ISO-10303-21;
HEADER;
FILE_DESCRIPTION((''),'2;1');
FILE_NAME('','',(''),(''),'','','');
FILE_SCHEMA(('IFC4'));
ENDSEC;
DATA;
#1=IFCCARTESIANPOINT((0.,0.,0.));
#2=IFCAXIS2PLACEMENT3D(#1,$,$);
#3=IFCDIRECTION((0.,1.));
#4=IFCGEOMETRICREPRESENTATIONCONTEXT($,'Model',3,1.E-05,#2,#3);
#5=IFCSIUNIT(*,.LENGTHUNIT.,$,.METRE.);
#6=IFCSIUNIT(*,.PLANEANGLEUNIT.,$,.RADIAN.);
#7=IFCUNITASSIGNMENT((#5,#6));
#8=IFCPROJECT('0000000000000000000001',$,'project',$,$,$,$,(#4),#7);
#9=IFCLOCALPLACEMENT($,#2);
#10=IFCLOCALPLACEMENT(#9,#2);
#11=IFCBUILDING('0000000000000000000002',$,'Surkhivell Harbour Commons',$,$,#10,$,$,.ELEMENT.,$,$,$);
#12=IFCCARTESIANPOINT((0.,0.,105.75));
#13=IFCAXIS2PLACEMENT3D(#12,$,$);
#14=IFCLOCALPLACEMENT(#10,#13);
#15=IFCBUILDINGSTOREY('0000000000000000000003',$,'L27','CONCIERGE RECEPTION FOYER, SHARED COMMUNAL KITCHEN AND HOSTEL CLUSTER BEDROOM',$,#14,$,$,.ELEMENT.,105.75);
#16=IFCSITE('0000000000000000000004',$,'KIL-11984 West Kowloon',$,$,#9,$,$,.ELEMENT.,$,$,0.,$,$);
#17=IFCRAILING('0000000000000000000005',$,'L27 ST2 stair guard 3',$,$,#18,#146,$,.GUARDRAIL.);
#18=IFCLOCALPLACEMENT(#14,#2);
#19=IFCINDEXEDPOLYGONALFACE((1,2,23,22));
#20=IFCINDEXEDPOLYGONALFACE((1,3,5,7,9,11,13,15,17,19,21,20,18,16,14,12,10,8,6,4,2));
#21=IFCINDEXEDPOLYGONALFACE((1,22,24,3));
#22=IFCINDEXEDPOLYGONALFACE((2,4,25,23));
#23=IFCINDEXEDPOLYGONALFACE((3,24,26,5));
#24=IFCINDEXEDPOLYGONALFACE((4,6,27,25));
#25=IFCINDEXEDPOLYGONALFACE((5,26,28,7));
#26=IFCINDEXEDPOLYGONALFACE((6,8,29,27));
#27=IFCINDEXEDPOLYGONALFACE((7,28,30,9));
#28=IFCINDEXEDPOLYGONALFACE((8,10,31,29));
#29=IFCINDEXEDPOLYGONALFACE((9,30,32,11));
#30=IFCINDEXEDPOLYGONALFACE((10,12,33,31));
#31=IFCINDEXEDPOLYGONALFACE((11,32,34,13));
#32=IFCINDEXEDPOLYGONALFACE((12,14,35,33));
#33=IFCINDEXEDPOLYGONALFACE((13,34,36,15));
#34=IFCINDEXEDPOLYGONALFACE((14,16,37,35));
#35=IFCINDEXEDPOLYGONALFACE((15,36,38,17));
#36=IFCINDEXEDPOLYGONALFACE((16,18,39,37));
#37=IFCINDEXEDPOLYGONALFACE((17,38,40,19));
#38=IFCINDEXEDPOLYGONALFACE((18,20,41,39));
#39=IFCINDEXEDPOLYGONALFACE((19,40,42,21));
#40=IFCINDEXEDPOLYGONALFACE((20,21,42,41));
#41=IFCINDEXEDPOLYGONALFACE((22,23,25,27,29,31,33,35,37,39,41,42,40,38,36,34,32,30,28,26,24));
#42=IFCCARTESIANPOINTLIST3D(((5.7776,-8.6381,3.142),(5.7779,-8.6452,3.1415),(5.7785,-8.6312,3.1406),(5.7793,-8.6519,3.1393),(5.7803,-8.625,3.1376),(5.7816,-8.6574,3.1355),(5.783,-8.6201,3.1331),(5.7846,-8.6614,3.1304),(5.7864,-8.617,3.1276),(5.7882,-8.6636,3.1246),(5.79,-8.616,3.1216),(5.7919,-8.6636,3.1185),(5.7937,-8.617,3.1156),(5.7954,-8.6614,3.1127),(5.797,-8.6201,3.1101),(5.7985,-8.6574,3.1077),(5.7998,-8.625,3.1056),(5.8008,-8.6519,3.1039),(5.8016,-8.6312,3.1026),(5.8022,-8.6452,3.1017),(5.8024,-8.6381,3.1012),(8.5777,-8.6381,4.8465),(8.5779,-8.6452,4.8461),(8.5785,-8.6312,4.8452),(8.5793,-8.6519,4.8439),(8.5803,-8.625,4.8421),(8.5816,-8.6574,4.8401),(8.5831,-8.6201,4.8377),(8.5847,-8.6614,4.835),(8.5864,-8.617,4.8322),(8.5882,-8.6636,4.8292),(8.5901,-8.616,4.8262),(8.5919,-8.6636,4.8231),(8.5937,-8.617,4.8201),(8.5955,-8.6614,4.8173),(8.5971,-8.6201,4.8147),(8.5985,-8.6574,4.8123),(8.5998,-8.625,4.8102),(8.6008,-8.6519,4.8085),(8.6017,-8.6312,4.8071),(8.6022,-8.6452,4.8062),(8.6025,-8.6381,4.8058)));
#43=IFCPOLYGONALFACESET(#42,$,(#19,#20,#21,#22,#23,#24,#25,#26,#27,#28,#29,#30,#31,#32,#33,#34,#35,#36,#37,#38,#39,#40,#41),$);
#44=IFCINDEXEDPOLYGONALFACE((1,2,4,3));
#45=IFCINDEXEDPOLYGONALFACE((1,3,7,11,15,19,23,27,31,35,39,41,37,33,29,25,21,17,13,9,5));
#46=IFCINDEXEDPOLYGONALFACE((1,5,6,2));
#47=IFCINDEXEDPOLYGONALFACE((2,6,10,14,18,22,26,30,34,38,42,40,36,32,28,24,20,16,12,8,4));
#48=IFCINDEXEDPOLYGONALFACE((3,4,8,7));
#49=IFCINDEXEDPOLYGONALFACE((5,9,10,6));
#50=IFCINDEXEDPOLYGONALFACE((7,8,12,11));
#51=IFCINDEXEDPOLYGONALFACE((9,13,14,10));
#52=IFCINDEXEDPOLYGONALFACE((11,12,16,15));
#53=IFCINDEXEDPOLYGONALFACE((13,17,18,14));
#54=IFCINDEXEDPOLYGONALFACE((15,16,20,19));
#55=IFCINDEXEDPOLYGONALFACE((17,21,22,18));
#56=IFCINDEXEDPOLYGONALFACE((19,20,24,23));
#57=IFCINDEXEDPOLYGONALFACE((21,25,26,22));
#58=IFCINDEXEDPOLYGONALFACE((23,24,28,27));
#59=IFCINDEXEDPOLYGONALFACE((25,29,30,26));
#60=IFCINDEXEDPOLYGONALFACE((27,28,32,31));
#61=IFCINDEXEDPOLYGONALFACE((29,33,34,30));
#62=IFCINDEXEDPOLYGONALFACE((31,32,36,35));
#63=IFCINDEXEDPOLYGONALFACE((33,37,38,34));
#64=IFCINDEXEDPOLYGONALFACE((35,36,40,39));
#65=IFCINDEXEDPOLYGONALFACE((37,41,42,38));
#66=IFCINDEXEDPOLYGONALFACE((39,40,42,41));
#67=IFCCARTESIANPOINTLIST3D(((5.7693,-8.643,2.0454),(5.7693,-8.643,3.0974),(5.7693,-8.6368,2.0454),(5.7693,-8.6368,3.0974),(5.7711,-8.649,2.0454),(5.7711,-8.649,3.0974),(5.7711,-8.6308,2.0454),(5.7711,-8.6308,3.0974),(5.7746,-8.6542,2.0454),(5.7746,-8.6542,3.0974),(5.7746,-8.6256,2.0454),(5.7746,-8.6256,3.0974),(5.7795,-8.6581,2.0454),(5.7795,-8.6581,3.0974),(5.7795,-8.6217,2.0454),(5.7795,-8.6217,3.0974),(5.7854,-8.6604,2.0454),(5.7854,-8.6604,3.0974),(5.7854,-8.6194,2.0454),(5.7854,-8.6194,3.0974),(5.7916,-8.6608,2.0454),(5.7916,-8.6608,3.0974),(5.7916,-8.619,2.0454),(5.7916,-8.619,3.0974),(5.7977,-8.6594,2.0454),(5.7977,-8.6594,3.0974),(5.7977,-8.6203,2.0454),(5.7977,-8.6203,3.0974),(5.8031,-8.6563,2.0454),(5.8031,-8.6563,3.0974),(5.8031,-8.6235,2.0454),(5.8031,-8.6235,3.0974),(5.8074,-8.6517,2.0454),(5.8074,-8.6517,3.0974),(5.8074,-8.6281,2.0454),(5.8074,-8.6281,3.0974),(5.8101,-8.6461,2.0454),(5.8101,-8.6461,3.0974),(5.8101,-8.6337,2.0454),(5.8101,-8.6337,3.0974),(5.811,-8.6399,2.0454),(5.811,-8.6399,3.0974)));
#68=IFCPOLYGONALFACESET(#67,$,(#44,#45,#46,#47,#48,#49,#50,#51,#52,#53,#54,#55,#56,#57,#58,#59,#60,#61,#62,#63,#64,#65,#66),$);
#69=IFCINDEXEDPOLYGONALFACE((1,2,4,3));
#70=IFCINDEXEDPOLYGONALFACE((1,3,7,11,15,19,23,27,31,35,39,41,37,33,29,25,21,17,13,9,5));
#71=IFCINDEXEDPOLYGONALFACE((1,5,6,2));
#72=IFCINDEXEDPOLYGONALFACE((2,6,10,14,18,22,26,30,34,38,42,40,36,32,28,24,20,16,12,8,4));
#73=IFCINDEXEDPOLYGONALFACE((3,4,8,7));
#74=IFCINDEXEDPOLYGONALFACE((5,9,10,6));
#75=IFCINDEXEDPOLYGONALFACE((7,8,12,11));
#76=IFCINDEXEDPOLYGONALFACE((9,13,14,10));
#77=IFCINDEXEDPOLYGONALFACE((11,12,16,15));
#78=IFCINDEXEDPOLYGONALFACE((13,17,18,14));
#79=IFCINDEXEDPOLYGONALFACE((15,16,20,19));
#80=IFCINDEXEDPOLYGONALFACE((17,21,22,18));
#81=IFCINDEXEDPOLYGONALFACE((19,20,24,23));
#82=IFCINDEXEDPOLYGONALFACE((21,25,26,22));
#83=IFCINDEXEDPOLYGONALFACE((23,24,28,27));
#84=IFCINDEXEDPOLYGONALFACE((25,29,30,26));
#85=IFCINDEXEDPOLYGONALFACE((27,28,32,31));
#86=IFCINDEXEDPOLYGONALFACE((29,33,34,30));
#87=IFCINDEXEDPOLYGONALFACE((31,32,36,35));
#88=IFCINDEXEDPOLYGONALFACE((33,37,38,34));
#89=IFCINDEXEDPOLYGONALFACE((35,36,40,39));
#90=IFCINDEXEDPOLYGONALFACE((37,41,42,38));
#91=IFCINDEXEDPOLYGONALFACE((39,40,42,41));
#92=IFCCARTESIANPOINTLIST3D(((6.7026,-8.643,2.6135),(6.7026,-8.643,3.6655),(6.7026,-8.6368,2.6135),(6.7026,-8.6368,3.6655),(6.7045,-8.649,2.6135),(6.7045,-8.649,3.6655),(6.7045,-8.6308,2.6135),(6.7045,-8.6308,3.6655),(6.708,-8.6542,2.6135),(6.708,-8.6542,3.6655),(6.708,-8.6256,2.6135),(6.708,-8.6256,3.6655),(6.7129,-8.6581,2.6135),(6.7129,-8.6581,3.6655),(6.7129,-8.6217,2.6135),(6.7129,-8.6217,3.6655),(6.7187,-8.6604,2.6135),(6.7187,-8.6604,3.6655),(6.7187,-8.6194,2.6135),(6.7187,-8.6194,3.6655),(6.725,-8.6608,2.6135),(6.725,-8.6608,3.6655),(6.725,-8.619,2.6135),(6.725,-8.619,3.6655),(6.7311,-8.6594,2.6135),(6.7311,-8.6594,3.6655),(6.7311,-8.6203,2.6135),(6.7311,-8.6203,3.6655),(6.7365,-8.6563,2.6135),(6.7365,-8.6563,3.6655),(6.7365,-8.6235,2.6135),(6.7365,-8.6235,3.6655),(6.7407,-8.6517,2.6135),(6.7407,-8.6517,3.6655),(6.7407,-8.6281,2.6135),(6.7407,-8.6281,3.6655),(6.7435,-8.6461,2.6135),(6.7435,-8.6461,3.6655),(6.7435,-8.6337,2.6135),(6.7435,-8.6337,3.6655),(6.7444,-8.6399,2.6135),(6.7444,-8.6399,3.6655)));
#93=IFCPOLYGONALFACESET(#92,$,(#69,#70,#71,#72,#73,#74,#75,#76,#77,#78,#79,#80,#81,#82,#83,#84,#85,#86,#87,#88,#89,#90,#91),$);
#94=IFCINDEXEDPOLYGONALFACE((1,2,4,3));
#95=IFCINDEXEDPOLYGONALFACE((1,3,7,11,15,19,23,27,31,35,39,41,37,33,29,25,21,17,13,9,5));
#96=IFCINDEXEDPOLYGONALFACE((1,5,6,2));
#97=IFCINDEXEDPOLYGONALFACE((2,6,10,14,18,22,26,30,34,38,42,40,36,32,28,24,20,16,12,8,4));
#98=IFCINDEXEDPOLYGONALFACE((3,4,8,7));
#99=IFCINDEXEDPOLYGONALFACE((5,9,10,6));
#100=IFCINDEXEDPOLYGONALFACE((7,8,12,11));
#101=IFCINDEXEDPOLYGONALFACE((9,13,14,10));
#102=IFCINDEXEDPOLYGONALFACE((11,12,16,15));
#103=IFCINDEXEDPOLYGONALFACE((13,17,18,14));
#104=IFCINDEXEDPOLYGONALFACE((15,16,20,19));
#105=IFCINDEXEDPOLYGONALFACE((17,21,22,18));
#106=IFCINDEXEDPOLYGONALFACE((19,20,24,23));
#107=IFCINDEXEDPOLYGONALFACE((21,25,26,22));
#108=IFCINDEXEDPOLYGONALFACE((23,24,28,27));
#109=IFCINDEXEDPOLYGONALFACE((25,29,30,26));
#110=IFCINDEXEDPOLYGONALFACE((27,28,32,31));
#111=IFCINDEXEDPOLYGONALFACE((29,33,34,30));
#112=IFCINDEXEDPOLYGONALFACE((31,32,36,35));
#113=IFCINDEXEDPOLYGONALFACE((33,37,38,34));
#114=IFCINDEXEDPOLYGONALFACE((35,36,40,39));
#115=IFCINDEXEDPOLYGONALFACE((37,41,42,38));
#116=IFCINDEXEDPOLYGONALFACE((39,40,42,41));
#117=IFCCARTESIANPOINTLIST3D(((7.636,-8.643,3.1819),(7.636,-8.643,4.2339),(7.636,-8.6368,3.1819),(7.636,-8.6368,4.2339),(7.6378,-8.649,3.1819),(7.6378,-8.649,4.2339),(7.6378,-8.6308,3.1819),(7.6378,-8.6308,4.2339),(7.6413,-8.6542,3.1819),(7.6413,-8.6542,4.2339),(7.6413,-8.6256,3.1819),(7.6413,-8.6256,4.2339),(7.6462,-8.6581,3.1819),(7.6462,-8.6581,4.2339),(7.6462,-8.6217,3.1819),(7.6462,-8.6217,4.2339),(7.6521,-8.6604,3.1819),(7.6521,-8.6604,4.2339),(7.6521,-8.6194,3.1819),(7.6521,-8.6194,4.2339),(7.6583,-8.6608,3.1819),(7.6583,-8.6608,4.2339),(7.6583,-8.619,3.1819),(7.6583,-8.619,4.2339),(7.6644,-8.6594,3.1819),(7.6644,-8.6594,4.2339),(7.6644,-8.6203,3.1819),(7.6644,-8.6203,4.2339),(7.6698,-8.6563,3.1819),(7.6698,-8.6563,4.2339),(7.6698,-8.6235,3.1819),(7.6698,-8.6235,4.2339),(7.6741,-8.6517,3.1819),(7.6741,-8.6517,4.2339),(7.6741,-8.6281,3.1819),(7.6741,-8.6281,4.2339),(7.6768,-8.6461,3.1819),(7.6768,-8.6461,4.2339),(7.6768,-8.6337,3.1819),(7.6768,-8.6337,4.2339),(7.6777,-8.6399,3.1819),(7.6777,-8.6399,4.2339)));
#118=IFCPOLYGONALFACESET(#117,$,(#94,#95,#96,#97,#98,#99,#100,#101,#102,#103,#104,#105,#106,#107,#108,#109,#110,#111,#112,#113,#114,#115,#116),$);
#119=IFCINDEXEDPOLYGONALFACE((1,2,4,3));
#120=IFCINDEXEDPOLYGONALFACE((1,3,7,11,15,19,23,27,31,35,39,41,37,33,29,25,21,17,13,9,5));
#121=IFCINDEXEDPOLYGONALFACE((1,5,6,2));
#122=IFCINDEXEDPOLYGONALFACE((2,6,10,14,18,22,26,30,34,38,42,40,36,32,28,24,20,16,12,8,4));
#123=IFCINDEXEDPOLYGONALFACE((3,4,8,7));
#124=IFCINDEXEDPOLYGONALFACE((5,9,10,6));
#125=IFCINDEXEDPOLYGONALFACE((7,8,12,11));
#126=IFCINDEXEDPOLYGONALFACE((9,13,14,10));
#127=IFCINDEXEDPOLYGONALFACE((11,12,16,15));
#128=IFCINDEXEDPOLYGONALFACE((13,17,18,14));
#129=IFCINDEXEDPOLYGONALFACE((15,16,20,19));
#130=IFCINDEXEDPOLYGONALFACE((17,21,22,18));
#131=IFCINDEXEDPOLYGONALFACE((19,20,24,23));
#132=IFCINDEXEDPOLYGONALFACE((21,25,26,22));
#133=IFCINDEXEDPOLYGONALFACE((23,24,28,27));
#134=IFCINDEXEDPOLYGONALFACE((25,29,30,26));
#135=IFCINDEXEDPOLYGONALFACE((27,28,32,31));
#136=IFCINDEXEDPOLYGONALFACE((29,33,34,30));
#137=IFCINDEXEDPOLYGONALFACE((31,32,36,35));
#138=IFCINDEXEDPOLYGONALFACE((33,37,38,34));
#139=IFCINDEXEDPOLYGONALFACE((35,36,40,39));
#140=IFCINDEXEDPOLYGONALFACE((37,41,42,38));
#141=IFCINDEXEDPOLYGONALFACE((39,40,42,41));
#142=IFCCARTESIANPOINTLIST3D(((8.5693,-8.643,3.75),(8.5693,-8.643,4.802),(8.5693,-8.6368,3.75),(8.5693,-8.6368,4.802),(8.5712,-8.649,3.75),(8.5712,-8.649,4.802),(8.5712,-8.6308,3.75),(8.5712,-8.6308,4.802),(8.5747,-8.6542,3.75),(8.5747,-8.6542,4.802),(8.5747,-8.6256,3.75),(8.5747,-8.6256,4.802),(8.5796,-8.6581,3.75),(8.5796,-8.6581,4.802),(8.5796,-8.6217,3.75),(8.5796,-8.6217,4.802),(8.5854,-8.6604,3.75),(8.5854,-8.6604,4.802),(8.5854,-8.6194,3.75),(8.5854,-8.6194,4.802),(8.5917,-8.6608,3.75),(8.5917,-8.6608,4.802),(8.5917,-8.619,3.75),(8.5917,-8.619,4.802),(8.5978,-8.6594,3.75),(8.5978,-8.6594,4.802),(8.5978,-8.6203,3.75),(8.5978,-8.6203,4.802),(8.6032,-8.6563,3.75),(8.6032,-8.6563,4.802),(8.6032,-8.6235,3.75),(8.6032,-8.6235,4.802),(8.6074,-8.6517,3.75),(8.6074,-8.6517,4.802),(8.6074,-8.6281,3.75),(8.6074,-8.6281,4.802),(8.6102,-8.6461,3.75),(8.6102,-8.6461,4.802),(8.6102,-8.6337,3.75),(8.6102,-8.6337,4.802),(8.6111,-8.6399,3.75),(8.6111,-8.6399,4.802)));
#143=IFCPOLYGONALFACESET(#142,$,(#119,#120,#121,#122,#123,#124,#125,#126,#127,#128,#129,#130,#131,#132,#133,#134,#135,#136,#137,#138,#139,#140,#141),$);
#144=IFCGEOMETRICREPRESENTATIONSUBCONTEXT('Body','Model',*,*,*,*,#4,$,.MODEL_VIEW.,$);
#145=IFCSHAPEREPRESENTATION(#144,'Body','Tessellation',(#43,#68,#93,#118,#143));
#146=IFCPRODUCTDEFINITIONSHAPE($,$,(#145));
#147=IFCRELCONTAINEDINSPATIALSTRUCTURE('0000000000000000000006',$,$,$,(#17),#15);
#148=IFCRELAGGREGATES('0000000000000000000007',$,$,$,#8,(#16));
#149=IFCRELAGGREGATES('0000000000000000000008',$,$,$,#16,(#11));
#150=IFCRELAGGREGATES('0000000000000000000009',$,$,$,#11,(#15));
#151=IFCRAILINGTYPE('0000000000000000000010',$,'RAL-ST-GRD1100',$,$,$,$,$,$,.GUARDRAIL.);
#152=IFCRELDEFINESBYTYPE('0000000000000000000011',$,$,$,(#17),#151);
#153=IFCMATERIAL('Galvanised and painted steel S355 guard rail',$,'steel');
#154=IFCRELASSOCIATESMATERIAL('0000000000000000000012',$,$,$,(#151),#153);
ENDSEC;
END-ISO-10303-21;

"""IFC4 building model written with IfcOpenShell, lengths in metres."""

from ifc_helpers import new_model, si_unit, direction, frame, origin, origin_2d, place, context, subcontext, project, spatial, circle, extrude, material, type_object, element, save


model = new_model("IFC4")

# Units and contexts
model_context = context("Model", 3, precision=1e-05, world=origin(), true_north=direction((0.0, 1.0)))
body_context = subcontext(model_context, "Body", "Model", "MODEL_VIEW")
ifc_project = project(units=[si_unit("LENGTHUNIT", "METRE"), si_unit("PLANEANGLEUNIT", "RADIAN")], contexts=[model_context])

# Site, building, storey
site_placement = place(None, origin())
site = spatial("IfcSite", under=ifc_project, at=site_placement, Name="KIL-11984 West Kowloon", CompositionType="ELEMENT", RefElevation=0.0)
building_placement = place(site_placement, origin())
building = spatial("IfcBuilding", under=site, at=building_placement, Name="Surkhivell Harbour Commons", CompositionType="ELEMENT")
storey_placement = place(building_placement, frame((0.0, 0.0, 105.75)))
storey = spatial("IfcBuildingStorey", under=building, at=storey_placement, Name="L27", Description="CONCIERGE RECEPTION FOYER, SHARED COMMUNAL KITCHEN AND HOSTEL CLUSTER BEDROOM", CompositionType="ELEMENT", Elevation=105.75)

# Railing
ifc_material_1 = material(Name="Galvanised and painted steel S355 guard rail", Category="steel")
railing_type_1 = type_object("IfcRailingType", Name="RAL-ST-GRD1100", PredefinedType="GUARDRAIL", material=ifc_material_1)
railing_1_placement = place(storey_placement, frame((5.79, -8.6399, 2.0454)))
element("IfcRailing", 1, at=railing_1_placement, inside=storey, type_object=railing_type_1, Name="L27 ST2 stair guard 3", PredefinedType="GUARDRAIL", context=body_context, shape_type="SweptSolid", body=[
    extrude(circle(Radius=0.0239, at=origin_2d()), frame((0.0, 0.0, 1.0762), z_axis=(0.85417, 0.0, 0.519994), x_axis=(0.0, 1.0, 0.0)), (0.0, 0.0, 1.0), 3.2781),
    extrude(circle(Radius=0.021, at=origin_2d()), origin(), (0.0, 0.0, 1.0), 1.052),
    extrude(circle(Radius=0.021, at=origin_2d()), frame((0.9333, 0.0, 0.5681)), (0.0, 0.0, 1.0), 1.052),
    extrude(circle(Radius=0.021, at=origin_2d()), frame((1.8667, 0.0, 1.1365)), (0.0, 0.0, 1.0), 1.052),
    extrude(circle(Radius=0.021, at=origin_2d()), frame((2.8, 0.0, 1.7046)), (0.0, 0.0, 1.0), 1.052),
])

save(model, "model.ifc")
